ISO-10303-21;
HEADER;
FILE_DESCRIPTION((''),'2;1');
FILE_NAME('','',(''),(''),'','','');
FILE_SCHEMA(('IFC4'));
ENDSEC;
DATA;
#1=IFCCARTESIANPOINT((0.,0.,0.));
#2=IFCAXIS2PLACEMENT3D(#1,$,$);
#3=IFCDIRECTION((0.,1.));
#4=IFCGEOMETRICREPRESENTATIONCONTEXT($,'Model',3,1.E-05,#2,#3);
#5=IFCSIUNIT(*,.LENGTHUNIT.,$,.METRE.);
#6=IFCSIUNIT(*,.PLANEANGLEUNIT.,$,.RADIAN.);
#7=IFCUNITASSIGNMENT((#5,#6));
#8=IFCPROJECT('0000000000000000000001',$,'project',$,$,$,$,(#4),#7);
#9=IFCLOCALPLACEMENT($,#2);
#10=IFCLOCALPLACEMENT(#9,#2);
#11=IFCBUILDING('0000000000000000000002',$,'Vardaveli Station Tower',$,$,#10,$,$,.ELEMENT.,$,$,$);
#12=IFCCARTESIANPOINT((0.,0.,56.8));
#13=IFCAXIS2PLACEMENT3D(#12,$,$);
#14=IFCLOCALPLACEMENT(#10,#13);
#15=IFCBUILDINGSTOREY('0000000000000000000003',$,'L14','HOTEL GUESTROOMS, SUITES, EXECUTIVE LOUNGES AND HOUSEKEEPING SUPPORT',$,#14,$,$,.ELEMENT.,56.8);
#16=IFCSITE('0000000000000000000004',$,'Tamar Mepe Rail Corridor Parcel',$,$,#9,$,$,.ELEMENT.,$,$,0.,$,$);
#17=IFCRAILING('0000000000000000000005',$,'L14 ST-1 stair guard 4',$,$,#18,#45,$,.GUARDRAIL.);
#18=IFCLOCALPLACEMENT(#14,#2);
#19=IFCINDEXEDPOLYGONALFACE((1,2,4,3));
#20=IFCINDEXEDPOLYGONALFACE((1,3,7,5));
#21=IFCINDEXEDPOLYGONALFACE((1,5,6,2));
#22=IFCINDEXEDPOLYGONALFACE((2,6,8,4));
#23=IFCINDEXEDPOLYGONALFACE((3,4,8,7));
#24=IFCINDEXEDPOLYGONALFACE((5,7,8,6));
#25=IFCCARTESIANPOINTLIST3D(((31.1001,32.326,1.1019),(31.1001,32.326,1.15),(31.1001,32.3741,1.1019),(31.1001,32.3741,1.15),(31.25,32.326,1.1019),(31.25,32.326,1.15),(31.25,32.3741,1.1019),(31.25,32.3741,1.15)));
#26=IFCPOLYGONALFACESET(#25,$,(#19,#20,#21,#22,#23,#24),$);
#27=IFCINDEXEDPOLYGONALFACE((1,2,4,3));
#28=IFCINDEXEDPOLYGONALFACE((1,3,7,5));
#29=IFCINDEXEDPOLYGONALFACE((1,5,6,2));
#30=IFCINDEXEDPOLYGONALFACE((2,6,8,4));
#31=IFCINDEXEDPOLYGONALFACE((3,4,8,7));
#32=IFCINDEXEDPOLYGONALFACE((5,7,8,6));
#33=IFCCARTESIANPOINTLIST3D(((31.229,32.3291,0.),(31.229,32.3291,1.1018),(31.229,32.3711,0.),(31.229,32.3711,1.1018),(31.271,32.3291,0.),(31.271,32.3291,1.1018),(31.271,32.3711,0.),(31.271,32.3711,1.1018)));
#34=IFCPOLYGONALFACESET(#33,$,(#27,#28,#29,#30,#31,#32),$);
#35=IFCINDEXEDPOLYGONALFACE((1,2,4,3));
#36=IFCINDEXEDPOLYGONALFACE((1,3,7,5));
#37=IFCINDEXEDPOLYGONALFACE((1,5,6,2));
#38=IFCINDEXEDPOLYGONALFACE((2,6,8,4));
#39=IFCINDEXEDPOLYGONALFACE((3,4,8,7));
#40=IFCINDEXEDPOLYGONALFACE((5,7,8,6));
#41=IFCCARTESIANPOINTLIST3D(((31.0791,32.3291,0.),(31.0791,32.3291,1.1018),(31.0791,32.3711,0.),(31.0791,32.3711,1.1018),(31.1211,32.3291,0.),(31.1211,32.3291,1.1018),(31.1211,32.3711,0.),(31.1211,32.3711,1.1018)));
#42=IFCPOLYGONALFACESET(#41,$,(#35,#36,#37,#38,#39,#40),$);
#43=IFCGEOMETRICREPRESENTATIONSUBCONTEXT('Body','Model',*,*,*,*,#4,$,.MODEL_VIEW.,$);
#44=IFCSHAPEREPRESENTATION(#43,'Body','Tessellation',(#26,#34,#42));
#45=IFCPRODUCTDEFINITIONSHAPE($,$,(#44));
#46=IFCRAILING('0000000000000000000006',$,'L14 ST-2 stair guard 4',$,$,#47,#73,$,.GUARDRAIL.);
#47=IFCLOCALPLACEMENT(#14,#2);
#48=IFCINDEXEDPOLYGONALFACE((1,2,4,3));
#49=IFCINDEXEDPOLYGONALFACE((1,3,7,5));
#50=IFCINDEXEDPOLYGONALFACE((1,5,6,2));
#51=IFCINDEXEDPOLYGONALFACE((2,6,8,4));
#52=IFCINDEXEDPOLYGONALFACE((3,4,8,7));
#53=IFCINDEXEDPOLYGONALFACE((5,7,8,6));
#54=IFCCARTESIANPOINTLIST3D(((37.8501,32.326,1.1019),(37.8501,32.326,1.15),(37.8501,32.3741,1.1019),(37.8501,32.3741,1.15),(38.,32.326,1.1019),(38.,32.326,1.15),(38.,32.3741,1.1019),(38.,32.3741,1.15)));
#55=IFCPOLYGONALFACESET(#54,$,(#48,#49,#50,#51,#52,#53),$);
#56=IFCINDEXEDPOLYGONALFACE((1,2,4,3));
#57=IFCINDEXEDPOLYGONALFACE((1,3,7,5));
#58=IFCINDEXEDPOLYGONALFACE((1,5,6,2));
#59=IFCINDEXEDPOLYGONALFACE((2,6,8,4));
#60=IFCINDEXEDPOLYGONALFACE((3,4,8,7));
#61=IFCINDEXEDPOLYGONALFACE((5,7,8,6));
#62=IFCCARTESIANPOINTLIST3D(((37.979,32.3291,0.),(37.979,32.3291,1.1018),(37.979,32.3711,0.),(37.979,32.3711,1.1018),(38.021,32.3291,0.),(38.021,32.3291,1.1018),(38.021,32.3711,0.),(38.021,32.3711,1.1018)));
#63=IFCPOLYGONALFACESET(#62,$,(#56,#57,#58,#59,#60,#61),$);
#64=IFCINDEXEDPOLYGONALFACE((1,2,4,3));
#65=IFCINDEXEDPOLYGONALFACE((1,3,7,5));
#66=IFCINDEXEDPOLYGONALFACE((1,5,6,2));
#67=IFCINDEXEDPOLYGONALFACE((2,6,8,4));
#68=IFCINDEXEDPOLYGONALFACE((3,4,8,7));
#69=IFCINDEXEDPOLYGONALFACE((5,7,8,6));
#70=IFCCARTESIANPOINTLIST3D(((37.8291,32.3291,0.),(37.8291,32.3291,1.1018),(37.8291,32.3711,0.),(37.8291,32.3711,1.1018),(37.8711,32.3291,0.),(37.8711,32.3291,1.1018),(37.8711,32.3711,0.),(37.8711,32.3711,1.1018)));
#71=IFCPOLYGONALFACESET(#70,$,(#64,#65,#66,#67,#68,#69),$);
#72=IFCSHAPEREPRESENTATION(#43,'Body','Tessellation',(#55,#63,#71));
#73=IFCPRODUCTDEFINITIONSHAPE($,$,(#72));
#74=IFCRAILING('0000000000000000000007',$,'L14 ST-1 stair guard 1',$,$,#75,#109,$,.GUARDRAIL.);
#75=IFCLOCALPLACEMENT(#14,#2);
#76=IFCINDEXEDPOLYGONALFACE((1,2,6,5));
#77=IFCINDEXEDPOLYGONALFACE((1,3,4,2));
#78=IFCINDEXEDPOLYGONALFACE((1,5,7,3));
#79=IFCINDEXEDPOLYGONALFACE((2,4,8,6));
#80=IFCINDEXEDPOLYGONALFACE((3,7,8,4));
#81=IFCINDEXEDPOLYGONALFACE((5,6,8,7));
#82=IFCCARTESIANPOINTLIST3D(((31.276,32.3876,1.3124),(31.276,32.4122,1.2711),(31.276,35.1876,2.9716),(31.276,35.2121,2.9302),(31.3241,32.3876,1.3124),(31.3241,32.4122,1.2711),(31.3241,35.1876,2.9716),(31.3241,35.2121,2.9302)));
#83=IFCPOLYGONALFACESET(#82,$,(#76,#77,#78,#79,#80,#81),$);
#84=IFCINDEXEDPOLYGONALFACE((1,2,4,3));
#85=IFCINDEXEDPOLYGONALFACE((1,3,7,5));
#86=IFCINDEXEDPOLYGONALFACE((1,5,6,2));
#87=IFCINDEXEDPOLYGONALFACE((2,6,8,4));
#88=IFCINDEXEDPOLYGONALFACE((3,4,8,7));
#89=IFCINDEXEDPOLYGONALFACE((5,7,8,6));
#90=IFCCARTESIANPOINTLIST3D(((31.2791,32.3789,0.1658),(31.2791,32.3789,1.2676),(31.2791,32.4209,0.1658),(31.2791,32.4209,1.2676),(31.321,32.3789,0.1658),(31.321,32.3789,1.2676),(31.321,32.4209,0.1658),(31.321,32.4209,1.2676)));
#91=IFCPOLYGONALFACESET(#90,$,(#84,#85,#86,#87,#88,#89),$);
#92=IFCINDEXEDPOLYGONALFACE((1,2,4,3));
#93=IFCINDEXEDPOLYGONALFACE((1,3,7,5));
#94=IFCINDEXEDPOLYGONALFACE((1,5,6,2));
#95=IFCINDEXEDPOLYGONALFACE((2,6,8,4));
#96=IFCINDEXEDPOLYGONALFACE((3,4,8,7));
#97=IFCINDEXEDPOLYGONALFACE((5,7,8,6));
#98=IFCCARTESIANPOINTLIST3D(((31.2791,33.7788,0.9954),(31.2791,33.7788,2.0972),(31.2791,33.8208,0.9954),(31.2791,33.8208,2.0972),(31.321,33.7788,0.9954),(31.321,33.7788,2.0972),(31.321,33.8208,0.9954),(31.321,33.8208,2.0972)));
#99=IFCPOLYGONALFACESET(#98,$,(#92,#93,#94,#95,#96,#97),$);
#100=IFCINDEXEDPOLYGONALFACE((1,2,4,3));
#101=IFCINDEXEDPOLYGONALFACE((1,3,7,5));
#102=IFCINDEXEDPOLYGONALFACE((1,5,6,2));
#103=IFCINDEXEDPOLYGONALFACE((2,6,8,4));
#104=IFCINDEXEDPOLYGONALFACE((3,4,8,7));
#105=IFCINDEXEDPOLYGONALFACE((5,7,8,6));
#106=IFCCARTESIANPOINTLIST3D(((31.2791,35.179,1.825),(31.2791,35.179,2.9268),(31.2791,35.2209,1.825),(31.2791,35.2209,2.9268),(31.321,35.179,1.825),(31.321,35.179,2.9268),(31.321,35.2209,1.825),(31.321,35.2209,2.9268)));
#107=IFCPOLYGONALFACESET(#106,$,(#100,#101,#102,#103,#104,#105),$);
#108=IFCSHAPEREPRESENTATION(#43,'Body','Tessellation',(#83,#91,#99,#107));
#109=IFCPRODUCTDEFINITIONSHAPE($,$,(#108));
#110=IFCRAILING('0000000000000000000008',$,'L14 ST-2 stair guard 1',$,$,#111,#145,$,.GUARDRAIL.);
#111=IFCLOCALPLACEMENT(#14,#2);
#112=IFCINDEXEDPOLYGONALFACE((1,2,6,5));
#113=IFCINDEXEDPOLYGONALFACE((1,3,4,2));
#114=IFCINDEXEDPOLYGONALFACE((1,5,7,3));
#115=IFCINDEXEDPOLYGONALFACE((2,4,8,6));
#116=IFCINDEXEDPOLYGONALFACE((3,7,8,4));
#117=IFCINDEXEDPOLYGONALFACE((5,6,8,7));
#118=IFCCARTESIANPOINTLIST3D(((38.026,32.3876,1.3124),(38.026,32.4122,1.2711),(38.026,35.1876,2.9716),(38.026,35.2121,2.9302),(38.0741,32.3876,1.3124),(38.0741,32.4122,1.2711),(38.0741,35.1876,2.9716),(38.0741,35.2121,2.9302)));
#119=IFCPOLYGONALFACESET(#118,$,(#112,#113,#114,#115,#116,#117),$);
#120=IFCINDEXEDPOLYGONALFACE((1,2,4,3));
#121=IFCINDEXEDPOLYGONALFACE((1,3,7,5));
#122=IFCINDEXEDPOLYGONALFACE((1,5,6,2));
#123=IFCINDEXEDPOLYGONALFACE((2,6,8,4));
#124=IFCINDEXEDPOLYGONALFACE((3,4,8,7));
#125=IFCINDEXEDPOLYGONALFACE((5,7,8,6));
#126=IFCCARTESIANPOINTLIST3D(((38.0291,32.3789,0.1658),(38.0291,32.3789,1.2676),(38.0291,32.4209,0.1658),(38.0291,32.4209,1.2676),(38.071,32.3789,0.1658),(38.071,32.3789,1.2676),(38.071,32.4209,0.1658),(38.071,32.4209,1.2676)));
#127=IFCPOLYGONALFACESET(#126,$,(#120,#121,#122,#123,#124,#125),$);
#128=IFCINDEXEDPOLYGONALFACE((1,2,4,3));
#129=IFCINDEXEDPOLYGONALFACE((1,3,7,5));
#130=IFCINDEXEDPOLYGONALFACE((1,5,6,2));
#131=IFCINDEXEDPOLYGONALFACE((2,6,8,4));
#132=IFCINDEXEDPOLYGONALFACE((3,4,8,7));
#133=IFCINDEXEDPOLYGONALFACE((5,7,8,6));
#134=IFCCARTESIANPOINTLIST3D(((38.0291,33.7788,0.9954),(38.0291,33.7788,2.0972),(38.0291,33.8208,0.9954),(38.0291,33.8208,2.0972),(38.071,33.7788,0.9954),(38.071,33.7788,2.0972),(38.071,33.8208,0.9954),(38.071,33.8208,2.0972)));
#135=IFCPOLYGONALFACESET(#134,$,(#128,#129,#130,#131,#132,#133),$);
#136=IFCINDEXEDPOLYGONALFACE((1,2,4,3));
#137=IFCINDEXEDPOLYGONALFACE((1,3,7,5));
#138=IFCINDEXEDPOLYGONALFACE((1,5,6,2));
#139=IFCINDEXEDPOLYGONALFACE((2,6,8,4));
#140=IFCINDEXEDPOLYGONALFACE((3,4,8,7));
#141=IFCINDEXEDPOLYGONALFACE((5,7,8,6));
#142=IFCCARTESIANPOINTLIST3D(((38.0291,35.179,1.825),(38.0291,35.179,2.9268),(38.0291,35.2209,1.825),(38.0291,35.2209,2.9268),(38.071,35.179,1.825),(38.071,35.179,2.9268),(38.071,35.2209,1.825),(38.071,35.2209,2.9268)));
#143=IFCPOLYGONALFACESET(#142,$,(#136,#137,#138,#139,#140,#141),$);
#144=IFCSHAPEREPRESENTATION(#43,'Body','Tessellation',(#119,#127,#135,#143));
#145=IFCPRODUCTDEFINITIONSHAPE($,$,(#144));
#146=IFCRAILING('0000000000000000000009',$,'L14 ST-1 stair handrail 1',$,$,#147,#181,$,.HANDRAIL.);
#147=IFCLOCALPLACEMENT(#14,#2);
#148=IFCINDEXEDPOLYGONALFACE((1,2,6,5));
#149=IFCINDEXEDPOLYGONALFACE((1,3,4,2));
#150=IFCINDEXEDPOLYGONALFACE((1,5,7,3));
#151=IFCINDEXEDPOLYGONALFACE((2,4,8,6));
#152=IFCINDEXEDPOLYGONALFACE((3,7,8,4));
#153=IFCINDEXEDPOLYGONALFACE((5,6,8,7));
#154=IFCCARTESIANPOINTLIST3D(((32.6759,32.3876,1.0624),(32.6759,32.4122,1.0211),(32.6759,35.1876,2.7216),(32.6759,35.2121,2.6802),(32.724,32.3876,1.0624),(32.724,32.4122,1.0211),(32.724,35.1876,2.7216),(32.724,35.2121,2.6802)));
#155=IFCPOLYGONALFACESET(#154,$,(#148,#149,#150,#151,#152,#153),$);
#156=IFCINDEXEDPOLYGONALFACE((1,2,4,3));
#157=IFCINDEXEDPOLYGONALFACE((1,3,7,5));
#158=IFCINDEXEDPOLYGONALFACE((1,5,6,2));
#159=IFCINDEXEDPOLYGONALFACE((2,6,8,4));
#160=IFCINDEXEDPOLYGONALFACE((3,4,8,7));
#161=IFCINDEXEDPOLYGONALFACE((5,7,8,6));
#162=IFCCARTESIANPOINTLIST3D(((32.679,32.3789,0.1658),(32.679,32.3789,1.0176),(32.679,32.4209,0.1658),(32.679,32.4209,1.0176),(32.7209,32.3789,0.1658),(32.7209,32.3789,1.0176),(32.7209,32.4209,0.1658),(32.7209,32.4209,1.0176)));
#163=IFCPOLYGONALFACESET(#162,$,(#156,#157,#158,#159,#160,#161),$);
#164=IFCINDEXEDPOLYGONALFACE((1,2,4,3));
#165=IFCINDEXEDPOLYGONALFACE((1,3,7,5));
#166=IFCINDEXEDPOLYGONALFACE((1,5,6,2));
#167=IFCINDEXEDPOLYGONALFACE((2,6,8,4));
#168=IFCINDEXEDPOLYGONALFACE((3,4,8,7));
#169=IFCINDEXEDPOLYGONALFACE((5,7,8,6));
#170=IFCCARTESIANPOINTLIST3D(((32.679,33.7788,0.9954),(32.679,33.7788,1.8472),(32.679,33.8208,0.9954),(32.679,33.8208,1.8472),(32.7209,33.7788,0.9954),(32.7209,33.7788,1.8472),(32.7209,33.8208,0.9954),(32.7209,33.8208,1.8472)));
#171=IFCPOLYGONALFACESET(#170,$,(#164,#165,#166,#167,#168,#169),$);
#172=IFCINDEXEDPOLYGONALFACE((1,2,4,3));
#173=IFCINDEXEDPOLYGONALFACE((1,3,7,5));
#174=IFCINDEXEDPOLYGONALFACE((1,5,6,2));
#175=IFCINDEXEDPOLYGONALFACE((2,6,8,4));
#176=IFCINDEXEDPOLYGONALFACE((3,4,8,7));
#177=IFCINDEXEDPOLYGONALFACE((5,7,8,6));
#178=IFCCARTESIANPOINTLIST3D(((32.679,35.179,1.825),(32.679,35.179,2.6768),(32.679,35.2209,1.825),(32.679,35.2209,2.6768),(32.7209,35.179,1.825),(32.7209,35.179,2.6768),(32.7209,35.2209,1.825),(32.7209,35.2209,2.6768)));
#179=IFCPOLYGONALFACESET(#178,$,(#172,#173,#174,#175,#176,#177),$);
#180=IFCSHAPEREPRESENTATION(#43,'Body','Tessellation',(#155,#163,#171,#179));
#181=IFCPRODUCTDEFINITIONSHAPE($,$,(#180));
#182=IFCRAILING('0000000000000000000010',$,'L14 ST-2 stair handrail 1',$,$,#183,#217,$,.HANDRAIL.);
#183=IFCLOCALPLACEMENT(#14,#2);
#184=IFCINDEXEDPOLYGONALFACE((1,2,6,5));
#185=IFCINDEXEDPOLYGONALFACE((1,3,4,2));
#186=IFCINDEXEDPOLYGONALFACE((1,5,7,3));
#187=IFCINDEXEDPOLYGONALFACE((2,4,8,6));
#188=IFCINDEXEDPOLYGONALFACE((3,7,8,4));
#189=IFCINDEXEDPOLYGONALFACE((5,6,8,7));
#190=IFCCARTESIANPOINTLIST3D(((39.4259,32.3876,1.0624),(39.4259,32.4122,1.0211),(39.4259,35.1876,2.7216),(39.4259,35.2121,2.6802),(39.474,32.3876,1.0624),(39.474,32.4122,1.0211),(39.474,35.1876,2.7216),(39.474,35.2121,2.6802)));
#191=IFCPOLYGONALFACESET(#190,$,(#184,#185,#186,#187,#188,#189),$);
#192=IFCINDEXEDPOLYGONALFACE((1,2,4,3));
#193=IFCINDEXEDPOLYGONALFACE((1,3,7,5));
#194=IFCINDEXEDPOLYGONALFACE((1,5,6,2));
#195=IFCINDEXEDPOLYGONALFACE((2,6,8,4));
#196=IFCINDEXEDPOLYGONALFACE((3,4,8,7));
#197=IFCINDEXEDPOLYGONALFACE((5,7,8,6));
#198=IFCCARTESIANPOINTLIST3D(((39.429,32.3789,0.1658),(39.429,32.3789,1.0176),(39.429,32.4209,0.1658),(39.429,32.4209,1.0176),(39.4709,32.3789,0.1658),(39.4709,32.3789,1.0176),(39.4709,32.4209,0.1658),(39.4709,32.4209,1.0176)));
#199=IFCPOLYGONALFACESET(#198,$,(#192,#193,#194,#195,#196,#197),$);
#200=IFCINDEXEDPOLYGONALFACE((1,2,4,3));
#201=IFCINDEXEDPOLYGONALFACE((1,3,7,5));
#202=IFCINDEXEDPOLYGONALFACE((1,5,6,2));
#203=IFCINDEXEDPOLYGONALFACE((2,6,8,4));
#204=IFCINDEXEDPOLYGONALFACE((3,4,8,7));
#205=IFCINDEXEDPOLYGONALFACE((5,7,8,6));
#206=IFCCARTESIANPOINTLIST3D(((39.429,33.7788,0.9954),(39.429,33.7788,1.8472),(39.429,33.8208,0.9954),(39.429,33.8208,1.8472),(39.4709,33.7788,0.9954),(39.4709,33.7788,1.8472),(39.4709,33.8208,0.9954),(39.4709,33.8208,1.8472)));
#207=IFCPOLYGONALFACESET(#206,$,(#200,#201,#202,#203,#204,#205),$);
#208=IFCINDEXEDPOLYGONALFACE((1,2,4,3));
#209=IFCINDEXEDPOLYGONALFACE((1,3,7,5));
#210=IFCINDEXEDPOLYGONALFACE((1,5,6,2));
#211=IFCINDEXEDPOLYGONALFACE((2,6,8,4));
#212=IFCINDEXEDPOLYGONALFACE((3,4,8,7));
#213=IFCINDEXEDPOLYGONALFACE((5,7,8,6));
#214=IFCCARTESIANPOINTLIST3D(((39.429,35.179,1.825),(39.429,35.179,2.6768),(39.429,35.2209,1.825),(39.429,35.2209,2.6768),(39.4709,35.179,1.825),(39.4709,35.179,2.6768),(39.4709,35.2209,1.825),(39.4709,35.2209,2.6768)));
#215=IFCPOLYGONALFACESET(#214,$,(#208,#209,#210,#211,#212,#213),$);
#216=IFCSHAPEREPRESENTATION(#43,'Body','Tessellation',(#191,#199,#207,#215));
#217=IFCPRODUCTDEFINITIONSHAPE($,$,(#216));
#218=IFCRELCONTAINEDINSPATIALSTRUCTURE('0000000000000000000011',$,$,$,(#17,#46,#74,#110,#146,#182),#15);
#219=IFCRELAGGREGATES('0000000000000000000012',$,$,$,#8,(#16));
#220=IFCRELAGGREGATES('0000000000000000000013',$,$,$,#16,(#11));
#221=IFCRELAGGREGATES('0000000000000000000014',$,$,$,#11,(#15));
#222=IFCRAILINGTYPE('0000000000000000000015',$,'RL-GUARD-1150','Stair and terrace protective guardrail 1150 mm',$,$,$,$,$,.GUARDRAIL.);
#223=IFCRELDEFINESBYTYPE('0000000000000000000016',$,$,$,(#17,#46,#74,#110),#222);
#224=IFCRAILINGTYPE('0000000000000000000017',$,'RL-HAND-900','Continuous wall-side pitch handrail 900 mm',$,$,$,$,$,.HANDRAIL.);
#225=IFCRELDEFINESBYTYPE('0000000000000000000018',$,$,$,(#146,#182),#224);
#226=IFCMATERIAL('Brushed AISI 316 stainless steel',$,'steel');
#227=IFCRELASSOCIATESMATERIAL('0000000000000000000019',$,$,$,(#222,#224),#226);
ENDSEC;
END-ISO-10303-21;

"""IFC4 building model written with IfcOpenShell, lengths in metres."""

from ifc_helpers import new_model, si_unit, direction, frame, origin, origin_2d, place, context, subcontext, project, spatial, rectangle, extrude, source, transform, mapped, material, type_object, element, save


model = new_model("IFC4")

# Units and contexts
model_context = context("Model", 3, precision=1e-05, world=origin(), true_north=direction((0.0, 1.0)))
body_context = subcontext(model_context, "Body", "Model", "MODEL_VIEW")
ifc_project = project(units=[si_unit("LENGTHUNIT", "METRE"), si_unit("PLANEANGLEUNIT", "RADIAN")], contexts=[model_context])

# Site, building, storey
site_placement = place(None, origin())
site = spatial("IfcSite", under=ifc_project, at=site_placement, Name="Tamar Mepe Rail Corridor Parcel", CompositionType="ELEMENT", RefElevation=0.0)
building_placement = place(site_placement, origin())
building = spatial("IfcBuilding", under=site, at=building_placement, Name="Vardaveli Station Tower", CompositionType="ELEMENT")
storey_placement = place(building_placement, frame((0.0, 0.0, 56.8)))
storey = spatial("IfcBuildingStorey", under=building, at=storey_placement, Name="L14", Description="HOTEL GUESTROOMS, SUITES, EXECUTIVE LOUNGES AND HOUSEKEEPING SUPPORT", CompositionType="ELEMENT", Elevation=56.8)

# Railings
ifc_material_1 = material(Name="Brushed AISI 316 stainless steel", Category="steel")
railing_type_1 = type_object("IfcRailingType", Name="RL-GUARD-1150", Description="Stair and terrace protective guardrail 1150 mm", PredefinedType="GUARDRAIL", material=ifc_material_1)
shared_shape_1 = source(origin(), body_context, "Body", "SweptSolid", [
    extrude(rectangle(XDim=0.0481, YDim=0.0481, at=origin_2d()), frame((0.0, 0.0, 1.126), z_axis=(-1.0, 0.0, 0.0), x_axis=(0.0, -1.0, 0.0)), (0.0, 0.0, 1.0), 0.1499),
    extrude(rectangle(XDim=0.042, YDim=0.042, at=origin_2d()), origin(), (0.0, 0.0, 1.0), 1.1018),
    extrude(rectangle(XDim=0.042, YDim=0.042, at=origin_2d()), frame((-0.1499, 0.0, 0.0)), (0.0, 0.0, 1.0), 1.1018),
])
for number, where, name in (
    (1, (31.25, 32.3501, 0.0), "L14 ST-1 stair guard 4"),
    (2, (38.0, 32.3501, 0.0), "L14 ST-2 stair guard 4"),
):
    element("IfcRailing", number, at=place(storey_placement, frame(where)), inside=storey, type_object=railing_type_1, Name=name, PredefinedType="GUARDRAIL", context=body_context, shape_type="MappedRepresentation", body=[
        mapped(shared_shape_1, transform((0.0, 0.0, 0.0), scale=1.0)),
    ])
shared_shape_2 = source(origin(), body_context, "Body", "SweptSolid", [
    extrude(rectangle(XDim=0.0481, YDim=0.0481, at=origin_2d()), frame((0.0, 0.0, 1.126), z_axis=(0.0, 0.860306, 0.509778), x_axis=(-1.0, 0.0, 0.0)), (0.0, 0.0, 1.0), 3.2546),
    extrude(rectangle(XDim=0.042, YDim=0.042, at=origin_2d()), origin(), (0.0, 0.0, 1.0), 1.1018),
    extrude(rectangle(XDim=0.042, YDim=0.042, at=origin_2d()), frame((0.0, 1.3999, 0.8296)), (0.0, 0.0, 1.0), 1.1018),
    extrude(rectangle(XDim=0.042, YDim=0.042, at=origin_2d()), frame((0.0, 2.8, 1.6592)), (0.0, 0.0, 1.0), 1.1018),
])
for number, where, name in (
    (3, (31.3, 32.3999, 0.1658), "L14 ST-1 stair guard 1"),
    (4, (38.05, 32.3999, 0.1658), "L14 ST-2 stair guard 1"),
):
    element("IfcRailing", number, at=place(storey_placement, frame(where)), inside=storey, type_object=railing_type_1, Name=name, PredefinedType="GUARDRAIL", context=body_context, shape_type="MappedRepresentation", body=[
        mapped(shared_shape_2, transform((0.0, 0.0, 0.0), scale=1.0)),
    ])
railing_type_2 = type_object("IfcRailingType", Name="RL-HAND-900", Description="Continuous wall-side pitch handrail 900 mm", PredefinedType="HANDRAIL", material=ifc_material_1)
shared_shape_3 = source(origin(), body_context, "Body", "SweptSolid", [
    extrude(rectangle(XDim=0.0481, YDim=0.0481, at=origin_2d()), frame((0.0, 0.0, 0.876), z_axis=(0.0, 0.860306, 0.509778), x_axis=(-1.0, 0.0, 0.0)), (0.0, 0.0, 1.0), 3.2546),
    extrude(rectangle(XDim=0.042, YDim=0.042, at=origin_2d()), origin(), (0.0, 0.0, 1.0), 0.8518),
    extrude(rectangle(XDim=0.042, YDim=0.042, at=origin_2d()), frame((0.0, 1.3999, 0.8296)), (0.0, 0.0, 1.0), 0.8518),
    extrude(rectangle(XDim=0.042, YDim=0.042, at=origin_2d()), frame((0.0, 2.8, 1.6592)), (0.0, 0.0, 1.0), 0.8518),
])
for number, where, name in (
    (5, (32.7, 32.3999, 0.1658), "L14 ST-1 stair handrail 1"),
    (6, (39.45, 32.3999, 0.1658), "L14 ST-2 stair handrail 1"),
):
    element("IfcRailing", number, at=place(storey_placement, frame(where)), inside=storey, type_object=railing_type_2, Name=name, PredefinedType="HANDRAIL", context=body_context, shape_type="MappedRepresentation", body=[
        mapped(shared_shape_3, transform((0.0, 0.0, 0.0), scale=1.0)),
    ])

save(model, "model.ifc")
